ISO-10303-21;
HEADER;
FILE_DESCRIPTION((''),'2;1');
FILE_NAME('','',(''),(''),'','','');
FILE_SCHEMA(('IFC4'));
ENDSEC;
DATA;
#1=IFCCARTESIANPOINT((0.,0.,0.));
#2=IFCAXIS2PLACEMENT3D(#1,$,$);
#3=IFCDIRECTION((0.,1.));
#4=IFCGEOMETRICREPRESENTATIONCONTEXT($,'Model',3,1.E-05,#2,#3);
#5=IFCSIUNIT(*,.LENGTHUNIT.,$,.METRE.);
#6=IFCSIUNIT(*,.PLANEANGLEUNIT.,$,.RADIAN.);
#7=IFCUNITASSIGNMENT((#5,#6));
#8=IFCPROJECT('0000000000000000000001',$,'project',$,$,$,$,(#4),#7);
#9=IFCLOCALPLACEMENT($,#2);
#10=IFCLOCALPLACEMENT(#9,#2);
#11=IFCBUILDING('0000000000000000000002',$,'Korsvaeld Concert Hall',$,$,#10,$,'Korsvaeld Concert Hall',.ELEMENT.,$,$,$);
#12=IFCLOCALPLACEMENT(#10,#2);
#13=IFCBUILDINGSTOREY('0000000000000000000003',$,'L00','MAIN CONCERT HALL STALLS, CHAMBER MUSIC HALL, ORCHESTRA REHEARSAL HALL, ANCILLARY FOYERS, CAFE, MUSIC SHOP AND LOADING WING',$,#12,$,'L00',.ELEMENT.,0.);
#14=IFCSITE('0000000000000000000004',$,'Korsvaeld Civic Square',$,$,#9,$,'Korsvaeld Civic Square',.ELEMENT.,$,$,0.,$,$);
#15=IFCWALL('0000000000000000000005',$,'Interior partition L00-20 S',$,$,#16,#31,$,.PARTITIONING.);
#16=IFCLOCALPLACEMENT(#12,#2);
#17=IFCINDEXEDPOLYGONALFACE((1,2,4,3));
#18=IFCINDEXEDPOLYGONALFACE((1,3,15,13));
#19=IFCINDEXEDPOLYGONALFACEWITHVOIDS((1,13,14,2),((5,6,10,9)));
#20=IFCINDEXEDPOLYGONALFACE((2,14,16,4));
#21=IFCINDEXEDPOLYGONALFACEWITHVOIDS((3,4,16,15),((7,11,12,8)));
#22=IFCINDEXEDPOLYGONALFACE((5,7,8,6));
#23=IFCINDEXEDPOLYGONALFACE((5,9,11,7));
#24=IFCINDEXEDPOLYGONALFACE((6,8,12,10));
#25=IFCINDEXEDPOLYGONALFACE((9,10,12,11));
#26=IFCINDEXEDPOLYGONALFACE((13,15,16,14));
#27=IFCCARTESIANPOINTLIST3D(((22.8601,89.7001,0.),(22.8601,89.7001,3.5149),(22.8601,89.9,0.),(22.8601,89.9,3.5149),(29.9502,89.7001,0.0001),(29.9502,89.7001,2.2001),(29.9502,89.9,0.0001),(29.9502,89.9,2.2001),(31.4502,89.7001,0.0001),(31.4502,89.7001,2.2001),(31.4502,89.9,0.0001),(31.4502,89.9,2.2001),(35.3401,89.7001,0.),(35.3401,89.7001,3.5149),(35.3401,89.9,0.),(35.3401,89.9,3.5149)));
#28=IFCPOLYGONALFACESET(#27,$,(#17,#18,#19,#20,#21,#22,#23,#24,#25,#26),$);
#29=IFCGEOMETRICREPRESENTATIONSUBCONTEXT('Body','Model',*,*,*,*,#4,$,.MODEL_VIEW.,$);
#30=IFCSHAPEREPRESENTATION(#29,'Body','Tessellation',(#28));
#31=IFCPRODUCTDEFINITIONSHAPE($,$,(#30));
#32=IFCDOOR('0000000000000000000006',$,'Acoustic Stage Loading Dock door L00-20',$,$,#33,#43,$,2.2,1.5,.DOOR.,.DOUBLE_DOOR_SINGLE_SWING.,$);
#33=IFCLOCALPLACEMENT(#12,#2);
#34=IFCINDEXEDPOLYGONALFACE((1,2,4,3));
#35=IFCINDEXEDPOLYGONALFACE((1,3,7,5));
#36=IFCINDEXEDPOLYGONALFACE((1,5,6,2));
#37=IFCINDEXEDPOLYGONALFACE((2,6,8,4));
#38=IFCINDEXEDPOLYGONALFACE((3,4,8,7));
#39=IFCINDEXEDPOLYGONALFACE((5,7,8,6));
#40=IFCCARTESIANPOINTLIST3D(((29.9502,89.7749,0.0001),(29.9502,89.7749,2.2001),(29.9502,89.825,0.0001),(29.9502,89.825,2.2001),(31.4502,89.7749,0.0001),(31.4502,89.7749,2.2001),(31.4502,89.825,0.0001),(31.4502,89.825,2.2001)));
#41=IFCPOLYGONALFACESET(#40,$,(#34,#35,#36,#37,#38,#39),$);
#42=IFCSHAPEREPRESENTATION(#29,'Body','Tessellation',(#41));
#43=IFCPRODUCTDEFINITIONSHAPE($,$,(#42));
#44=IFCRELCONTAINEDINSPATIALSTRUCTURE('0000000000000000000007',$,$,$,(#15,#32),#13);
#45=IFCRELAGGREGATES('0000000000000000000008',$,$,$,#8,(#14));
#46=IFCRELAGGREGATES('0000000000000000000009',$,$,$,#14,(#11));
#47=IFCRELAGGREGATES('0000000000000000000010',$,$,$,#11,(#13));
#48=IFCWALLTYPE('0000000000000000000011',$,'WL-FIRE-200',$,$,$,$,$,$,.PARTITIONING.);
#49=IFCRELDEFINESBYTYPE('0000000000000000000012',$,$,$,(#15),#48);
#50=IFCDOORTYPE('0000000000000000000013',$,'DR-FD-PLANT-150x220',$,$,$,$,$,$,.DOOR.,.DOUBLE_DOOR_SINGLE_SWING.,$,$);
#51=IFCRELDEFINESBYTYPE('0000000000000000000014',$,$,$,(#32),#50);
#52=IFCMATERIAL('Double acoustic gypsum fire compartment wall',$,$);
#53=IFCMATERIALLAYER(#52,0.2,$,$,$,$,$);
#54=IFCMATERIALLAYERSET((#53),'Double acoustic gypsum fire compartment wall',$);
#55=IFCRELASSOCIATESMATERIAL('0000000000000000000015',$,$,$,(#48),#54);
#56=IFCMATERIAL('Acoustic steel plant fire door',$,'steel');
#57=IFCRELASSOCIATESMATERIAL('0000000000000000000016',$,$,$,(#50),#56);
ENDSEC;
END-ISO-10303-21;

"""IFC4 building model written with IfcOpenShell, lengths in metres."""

from ifc_helpers import new_model, si_unit, direction, frame, frame_2d, origin, place, context, subcontext, project, spatial, rectangle, extrude, material, layer, layer_set, type_object, element, fill, save


model = new_model("IFC4")

# Units and contexts
model_context = context("Model", 3, precision=1e-05, world=origin(), true_north=direction((0.0, 1.0)))
body_context = subcontext(model_context, "Body", "Model", "MODEL_VIEW")
ifc_project = project(units=[si_unit("LENGTHUNIT", "METRE"), si_unit("PLANEANGLEUNIT", "RADIAN")], contexts=[model_context])

# Site, building, storey
site_placement = place(None, origin())
site = spatial("IfcSite", under=ifc_project, at=site_placement, Name="Korsvaeld Civic Square", LongName="Korsvaeld Civic Square", CompositionType="ELEMENT", RefElevation=0.0)
building_placement = place(site_placement, origin())
building = spatial("IfcBuilding", under=site, at=building_placement, Name="Korsvaeld Concert Hall", LongName="Korsvaeld Concert Hall", CompositionType="ELEMENT")
storey_placement = place(building_placement, origin())
storey = spatial("IfcBuildingStorey", under=building, at=storey_placement, Name="L00", Description="MAIN CONCERT HALL STALLS, CHAMBER MUSIC HALL, ORCHESTRA REHEARSAL HALL, ANCILLARY FOYERS, CAFE, MUSIC SHOP AND LOADING WING", LongName="L00", CompositionType="ELEMENT", Elevation=0.0)

# Wall, opening, door
ifc_material_1 = material(Name="Double acoustic gypsum fire compartment wall")
ifc_layer_1 = layer(ifc_material_1, 0.2)
ifc_layer_set_1 = layer_set([ifc_layer_1], Name="Double acoustic gypsum fire compartment wall")
wall_type_1 = type_object("IfcWallType", Name="WL-FIRE-200", PredefinedType="PARTITIONING", material=ifc_layer_set_1)
wall_1_placement = place(storey_placement, frame((22.8601, 89.8, 0.0), z_axis=(0.0, 0.0, 1.0), x_axis=(1.0, 0.0, 0.0)))
wall_1 = element("IfcWall", 1, at=wall_1_placement, inside=storey, type_object=wall_type_1, Name="Interior partition L00-20 S", PredefinedType="PARTITIONING", context=body_context, shape_type="SweptSolid", body=[
    extrude(rectangle(XDim=12.48, YDim=0.2, at=frame_2d((6.24, 0.0))), origin(), (0.0, 0.0, 1.0), 3.5149),
])
opening_1_placement = place(wall_1_placement, frame((7.0901, 0.0, 0.0)))
opening_1 = element("IfcOpeningElement", 2, at=opening_1_placement, cuts=wall_1, PredefinedType="OPENING", context=body_context, shape_type="SweptSolid", body=[
    extrude(rectangle(XDim=1.5, YDim=2.2, at=frame_2d((0.75, 1.1001))), frame((0.0, 0.1099, 0.0), z_axis=(0.0, -1.0, 0.0), x_axis=(1.0, 0.0, 0.0)), (0.0, 0.0, 1.0), 0.22),
])
ifc_material_2 = material(Name="Acoustic steel plant fire door", Category="steel")
door_type_1 = type_object("IfcDoorType", Name="DR-FD-PLANT-150x220", OperationType="DOUBLE_DOOR_SINGLE_SWING", PredefinedType="DOOR", material=ifc_material_2)
door_1_placement = place(opening_1_placement, origin())
door_1 = element("IfcDoor", 3, at=door_1_placement, inside=storey, type_object=door_type_1, Name="Acoustic Stage Loading Dock door L00-20", OperationType="DOUBLE_DOOR_SINGLE_SWING", OverallHeight=2.2, OverallWidth=1.5, PredefinedType="DOOR", context=body_context, shape_type="SweptSolid", body=[
    extrude(rectangle(XDim=1.5, YDim=2.2, at=frame_2d((0.75, 1.1001))), frame((0.0, 0.0249, 0.0), z_axis=(0.0, -1.0, 0.0), x_axis=(1.0, 0.0, 0.0)), (0.0, 0.0, 1.0), 0.05),
])
fill(opening_1, door_1)

save(model, "model.ifc")
